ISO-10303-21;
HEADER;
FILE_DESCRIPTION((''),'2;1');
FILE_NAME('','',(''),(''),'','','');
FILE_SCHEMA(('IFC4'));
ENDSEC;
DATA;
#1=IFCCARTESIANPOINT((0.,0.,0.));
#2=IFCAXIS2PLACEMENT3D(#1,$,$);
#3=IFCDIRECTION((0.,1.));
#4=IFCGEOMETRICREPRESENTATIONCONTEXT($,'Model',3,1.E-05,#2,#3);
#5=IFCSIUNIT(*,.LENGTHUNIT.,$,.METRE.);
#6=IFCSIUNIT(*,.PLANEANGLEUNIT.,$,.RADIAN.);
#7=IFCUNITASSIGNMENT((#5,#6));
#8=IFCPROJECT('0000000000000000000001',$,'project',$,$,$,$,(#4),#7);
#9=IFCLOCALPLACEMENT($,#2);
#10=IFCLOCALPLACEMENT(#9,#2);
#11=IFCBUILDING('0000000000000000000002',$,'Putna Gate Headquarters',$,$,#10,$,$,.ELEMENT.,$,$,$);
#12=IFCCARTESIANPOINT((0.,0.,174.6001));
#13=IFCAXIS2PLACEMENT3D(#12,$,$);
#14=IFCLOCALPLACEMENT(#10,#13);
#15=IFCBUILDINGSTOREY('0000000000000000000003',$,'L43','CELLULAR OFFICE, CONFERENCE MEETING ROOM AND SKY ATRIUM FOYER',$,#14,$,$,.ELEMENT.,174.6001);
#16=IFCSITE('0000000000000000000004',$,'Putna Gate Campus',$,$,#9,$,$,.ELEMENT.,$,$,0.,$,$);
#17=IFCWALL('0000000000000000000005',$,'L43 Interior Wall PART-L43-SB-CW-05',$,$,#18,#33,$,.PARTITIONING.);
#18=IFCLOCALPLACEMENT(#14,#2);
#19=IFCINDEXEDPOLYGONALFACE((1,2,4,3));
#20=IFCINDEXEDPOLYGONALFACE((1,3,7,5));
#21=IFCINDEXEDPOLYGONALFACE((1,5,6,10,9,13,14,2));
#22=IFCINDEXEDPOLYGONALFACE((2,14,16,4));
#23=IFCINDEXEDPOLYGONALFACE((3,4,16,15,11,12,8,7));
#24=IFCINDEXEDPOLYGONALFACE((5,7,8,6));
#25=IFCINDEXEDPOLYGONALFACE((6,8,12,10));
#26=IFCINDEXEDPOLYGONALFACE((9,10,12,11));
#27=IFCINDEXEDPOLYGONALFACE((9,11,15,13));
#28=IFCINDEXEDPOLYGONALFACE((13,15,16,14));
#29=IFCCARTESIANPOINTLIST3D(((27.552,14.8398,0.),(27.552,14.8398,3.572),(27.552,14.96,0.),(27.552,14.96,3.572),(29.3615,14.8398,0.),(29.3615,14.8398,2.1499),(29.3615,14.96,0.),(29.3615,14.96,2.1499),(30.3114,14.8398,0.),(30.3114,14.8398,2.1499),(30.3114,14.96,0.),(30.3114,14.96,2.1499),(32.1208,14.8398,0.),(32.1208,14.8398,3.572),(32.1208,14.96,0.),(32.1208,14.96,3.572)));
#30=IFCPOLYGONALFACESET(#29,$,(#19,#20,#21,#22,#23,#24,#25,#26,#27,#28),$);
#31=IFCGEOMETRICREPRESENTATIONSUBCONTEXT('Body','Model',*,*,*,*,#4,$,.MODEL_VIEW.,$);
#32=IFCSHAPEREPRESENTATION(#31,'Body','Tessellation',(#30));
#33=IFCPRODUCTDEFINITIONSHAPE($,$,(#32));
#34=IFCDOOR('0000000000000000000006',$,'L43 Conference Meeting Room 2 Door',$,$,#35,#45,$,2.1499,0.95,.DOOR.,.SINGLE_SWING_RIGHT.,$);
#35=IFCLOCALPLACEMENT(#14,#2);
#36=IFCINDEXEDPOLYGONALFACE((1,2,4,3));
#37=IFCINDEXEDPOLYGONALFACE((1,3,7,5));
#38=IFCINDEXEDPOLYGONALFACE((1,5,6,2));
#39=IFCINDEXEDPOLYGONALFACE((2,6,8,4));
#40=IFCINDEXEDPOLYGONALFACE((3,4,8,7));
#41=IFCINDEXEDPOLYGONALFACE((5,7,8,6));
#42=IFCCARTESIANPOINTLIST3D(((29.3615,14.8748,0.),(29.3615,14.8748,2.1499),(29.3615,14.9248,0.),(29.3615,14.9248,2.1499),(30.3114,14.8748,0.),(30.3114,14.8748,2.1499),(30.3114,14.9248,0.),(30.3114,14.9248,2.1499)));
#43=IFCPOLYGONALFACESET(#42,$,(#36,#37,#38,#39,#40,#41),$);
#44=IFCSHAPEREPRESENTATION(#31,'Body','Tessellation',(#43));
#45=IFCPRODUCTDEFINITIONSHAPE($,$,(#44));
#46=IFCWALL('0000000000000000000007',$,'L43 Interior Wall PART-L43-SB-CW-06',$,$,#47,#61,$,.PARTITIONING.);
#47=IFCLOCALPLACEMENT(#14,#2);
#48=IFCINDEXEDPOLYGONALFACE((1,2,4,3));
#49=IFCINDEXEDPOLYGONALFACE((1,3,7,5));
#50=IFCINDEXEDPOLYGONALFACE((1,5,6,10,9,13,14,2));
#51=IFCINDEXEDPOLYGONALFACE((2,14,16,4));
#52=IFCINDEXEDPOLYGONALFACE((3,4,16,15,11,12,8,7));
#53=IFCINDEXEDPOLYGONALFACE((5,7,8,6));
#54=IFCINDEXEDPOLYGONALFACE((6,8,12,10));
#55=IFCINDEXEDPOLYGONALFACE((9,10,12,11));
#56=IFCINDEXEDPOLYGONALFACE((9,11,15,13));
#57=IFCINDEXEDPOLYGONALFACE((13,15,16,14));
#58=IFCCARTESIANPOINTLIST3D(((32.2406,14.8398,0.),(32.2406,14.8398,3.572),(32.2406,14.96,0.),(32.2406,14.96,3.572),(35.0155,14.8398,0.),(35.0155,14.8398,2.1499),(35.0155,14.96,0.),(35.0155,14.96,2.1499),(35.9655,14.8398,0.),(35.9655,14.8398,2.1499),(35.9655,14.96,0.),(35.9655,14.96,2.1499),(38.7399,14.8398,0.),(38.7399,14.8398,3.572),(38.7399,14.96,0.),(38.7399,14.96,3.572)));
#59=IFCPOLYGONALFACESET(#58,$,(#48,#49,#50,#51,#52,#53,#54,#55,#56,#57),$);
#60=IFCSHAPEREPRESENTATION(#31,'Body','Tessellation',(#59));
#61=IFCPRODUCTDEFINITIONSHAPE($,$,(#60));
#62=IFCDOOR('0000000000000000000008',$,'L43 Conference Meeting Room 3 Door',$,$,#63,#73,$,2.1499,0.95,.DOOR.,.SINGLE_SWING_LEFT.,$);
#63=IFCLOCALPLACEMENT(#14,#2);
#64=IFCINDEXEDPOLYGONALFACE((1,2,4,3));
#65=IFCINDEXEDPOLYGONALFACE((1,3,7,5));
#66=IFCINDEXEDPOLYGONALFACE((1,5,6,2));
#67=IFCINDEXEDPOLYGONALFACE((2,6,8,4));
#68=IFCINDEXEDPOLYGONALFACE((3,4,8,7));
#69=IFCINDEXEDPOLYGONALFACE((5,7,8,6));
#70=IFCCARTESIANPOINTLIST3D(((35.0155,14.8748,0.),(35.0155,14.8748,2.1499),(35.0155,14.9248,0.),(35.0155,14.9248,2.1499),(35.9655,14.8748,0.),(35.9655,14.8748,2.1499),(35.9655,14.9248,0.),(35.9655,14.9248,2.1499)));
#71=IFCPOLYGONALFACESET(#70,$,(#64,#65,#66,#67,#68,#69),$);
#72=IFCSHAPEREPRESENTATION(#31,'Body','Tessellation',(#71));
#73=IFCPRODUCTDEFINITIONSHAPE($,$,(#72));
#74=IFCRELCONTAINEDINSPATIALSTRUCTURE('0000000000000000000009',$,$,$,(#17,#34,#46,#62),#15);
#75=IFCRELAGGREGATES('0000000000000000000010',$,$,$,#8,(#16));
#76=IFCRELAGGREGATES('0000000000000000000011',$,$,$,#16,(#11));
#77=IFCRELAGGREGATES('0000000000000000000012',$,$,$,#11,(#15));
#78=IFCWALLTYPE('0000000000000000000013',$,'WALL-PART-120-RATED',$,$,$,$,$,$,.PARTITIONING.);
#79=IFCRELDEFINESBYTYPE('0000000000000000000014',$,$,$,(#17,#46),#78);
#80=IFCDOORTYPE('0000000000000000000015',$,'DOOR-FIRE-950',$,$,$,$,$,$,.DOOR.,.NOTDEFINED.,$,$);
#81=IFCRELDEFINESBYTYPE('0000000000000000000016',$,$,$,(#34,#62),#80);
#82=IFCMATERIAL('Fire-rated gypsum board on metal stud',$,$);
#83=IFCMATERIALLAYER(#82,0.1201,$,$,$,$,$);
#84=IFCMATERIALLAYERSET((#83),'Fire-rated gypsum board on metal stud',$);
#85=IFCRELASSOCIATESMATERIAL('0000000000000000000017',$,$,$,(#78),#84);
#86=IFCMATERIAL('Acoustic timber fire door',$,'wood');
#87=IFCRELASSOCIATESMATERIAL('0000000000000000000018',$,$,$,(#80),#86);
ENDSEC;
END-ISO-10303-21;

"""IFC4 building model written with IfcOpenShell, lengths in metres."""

from ifc_helpers import new_model, si_unit, direction, frame, frame_2d, origin, place, context, subcontext, project, spatial, rectangle, extrude, material, layer, layer_set, type_object, element, fill, save


model = new_model("IFC4")

# Units and contexts
model_context = context("Model", 3, precision=1e-05, world=origin(), true_north=direction((0.0, 1.0)))
body_context = subcontext(model_context, "Body", "Model", "MODEL_VIEW")
ifc_project = project(units=[si_unit("LENGTHUNIT", "METRE"), si_unit("PLANEANGLEUNIT", "RADIAN")], contexts=[model_context])

# Site, building, storey
site_placement = place(None, origin())
site = spatial("IfcSite", under=ifc_project, at=site_placement, Name="Putna Gate Campus", CompositionType="ELEMENT", RefElevation=0.0)
building_placement = place(site_placement, origin())
building = spatial("IfcBuilding", under=site, at=building_placement, Name="Putna Gate Headquarters", CompositionType="ELEMENT")
storey_placement = place(building_placement, frame((0.0, 0.0, 174.6001)))
storey = spatial("IfcBuildingStorey", under=building, at=storey_placement, Name="L43", Description="CELLULAR OFFICE, CONFERENCE MEETING ROOM AND SKY ATRIUM FOYER", CompositionType="ELEMENT", Elevation=174.6001)

# Walls, openings, doors
ifc_material_1 = material(Name="Fire-rated gypsum board on metal stud")
ifc_layer_1 = layer(ifc_material_1, 0.1201)
ifc_layer_set_1 = layer_set([ifc_layer_1], Name="Fire-rated gypsum board on metal stud")
wall_type_1 = type_object("IfcWallType", Name="WALL-PART-120-RATED", PredefinedType="PARTITIONING", material=ifc_layer_set_1)
wall_1_placement = place(storey_placement, frame((27.552, 14.8999, 0.0), z_axis=(0.0, 0.0, 1.0), x_axis=(1.0, 0.0, 0.0)))
wall_1 = element("IfcWall", 1, at=wall_1_placement, inside=storey, type_object=wall_type_1, Name="L43 Interior Wall PART-L43-SB-CW-05", PredefinedType="PARTITIONING", context=body_context, shape_type="SweptSolid", body=[
    extrude(rectangle(XDim=4.5688, YDim=0.1201, at=frame_2d((2.2844, 0.0))), origin(), (0.0, 0.0, 1.0), 3.572),
])
opening_1_placement = place(wall_1_placement, frame((1.8093, 0.0, 0.0)))
opening_1 = element("IfcOpeningElement", 2, at=opening_1_placement, cuts=wall_1, PredefinedType="OPENING", context=body_context, shape_type="SweptSolid", body=[
    extrude(rectangle(XDim=0.95, YDim=2.1499, at=frame_2d((0.4751, 1.075))), frame((0.0, 0.0701, 0.0), z_axis=(0.0, -1.0, 0.0), x_axis=(1.0, 0.0, 0.0)), (0.0, 0.0, 1.0), 0.1401),
])
ifc_material_2 = material(Name="Acoustic timber fire door", Category="wood")
door_type = type_object("IfcDoorType", Name="DOOR-FIRE-950", OperationType="NOTDEFINED", PredefinedType="DOOR", material=ifc_material_2)
door_1_placement = place(opening_1_placement, origin())
door_1 = element("IfcDoor", 3, at=door_1_placement, inside=storey, type_object=door_type, Name="L43 Conference Meeting Room 2 Door", OperationType="SINGLE_SWING_RIGHT", OverallHeight=2.1499, OverallWidth=0.95, PredefinedType="DOOR", context=body_context, shape_type="SweptSolid", body=[
    extrude(rectangle(XDim=0.95, YDim=2.1499, at=frame_2d((0.4751, 1.075))), frame((0.0, 0.0249, 0.0), z_axis=(0.0, -1.0, 0.0), x_axis=(1.0, 0.0, 0.0)), (0.0, 0.0, 1.0), 0.05),
])
fill(opening_1, door_1)
wall_2_placement = place(storey_placement, frame((32.2407, 14.8999, 0.0), z_axis=(0.0, 0.0, 1.0), x_axis=(1.0, 0.0, 0.0)))
wall_2 = element("IfcWall", 4, at=wall_2_placement, inside=storey, type_object=wall_type_1, Name="L43 Interior Wall PART-L43-SB-CW-06", PredefinedType="PARTITIONING", context=body_context, shape_type="SweptSolid", body=[
    extrude(rectangle(XDim=6.4993, YDim=0.1201, at=frame_2d((3.2495, 0.0))), origin(), (0.0, 0.0, 1.0), 3.572),
])
opening_2_placement = place(wall_2_placement, frame((2.7747, 0.0, 0.0)))
opening_2 = element("IfcOpeningElement", 5, at=opening_2_placement, cuts=wall_2, PredefinedType="OPENING", context=body_context, shape_type="SweptSolid", body=[
    extrude(rectangle(XDim=0.95, YDim=2.1499, at=frame_2d((0.4751, 1.075))), frame((0.0, 0.0701, 0.0), z_axis=(0.0, -1.0, 0.0), x_axis=(1.0, 0.0, 0.0)), (0.0, 0.0, 1.0), 0.1401),
])
door_2_placement = place(opening_2_placement, origin())
door_2 = element("IfcDoor", 6, at=door_2_placement, inside=storey, type_object=door_type, Name="L43 Conference Meeting Room 3 Door", OperationType="SINGLE_SWING_LEFT", OverallHeight=2.1499, OverallWidth=0.95, PredefinedType="DOOR", context=body_context, shape_type="SweptSolid", body=[
    extrude(rectangle(XDim=0.95, YDim=2.1499, at=frame_2d((0.4751, 1.075))), frame((0.0, 0.0249, 0.0), z_axis=(0.0, -1.0, 0.0), x_axis=(1.0, 0.0, 0.0)), (0.0, 0.0, 1.0), 0.05),
])
fill(opening_2, door_2)

save(model, "model.ifc")
